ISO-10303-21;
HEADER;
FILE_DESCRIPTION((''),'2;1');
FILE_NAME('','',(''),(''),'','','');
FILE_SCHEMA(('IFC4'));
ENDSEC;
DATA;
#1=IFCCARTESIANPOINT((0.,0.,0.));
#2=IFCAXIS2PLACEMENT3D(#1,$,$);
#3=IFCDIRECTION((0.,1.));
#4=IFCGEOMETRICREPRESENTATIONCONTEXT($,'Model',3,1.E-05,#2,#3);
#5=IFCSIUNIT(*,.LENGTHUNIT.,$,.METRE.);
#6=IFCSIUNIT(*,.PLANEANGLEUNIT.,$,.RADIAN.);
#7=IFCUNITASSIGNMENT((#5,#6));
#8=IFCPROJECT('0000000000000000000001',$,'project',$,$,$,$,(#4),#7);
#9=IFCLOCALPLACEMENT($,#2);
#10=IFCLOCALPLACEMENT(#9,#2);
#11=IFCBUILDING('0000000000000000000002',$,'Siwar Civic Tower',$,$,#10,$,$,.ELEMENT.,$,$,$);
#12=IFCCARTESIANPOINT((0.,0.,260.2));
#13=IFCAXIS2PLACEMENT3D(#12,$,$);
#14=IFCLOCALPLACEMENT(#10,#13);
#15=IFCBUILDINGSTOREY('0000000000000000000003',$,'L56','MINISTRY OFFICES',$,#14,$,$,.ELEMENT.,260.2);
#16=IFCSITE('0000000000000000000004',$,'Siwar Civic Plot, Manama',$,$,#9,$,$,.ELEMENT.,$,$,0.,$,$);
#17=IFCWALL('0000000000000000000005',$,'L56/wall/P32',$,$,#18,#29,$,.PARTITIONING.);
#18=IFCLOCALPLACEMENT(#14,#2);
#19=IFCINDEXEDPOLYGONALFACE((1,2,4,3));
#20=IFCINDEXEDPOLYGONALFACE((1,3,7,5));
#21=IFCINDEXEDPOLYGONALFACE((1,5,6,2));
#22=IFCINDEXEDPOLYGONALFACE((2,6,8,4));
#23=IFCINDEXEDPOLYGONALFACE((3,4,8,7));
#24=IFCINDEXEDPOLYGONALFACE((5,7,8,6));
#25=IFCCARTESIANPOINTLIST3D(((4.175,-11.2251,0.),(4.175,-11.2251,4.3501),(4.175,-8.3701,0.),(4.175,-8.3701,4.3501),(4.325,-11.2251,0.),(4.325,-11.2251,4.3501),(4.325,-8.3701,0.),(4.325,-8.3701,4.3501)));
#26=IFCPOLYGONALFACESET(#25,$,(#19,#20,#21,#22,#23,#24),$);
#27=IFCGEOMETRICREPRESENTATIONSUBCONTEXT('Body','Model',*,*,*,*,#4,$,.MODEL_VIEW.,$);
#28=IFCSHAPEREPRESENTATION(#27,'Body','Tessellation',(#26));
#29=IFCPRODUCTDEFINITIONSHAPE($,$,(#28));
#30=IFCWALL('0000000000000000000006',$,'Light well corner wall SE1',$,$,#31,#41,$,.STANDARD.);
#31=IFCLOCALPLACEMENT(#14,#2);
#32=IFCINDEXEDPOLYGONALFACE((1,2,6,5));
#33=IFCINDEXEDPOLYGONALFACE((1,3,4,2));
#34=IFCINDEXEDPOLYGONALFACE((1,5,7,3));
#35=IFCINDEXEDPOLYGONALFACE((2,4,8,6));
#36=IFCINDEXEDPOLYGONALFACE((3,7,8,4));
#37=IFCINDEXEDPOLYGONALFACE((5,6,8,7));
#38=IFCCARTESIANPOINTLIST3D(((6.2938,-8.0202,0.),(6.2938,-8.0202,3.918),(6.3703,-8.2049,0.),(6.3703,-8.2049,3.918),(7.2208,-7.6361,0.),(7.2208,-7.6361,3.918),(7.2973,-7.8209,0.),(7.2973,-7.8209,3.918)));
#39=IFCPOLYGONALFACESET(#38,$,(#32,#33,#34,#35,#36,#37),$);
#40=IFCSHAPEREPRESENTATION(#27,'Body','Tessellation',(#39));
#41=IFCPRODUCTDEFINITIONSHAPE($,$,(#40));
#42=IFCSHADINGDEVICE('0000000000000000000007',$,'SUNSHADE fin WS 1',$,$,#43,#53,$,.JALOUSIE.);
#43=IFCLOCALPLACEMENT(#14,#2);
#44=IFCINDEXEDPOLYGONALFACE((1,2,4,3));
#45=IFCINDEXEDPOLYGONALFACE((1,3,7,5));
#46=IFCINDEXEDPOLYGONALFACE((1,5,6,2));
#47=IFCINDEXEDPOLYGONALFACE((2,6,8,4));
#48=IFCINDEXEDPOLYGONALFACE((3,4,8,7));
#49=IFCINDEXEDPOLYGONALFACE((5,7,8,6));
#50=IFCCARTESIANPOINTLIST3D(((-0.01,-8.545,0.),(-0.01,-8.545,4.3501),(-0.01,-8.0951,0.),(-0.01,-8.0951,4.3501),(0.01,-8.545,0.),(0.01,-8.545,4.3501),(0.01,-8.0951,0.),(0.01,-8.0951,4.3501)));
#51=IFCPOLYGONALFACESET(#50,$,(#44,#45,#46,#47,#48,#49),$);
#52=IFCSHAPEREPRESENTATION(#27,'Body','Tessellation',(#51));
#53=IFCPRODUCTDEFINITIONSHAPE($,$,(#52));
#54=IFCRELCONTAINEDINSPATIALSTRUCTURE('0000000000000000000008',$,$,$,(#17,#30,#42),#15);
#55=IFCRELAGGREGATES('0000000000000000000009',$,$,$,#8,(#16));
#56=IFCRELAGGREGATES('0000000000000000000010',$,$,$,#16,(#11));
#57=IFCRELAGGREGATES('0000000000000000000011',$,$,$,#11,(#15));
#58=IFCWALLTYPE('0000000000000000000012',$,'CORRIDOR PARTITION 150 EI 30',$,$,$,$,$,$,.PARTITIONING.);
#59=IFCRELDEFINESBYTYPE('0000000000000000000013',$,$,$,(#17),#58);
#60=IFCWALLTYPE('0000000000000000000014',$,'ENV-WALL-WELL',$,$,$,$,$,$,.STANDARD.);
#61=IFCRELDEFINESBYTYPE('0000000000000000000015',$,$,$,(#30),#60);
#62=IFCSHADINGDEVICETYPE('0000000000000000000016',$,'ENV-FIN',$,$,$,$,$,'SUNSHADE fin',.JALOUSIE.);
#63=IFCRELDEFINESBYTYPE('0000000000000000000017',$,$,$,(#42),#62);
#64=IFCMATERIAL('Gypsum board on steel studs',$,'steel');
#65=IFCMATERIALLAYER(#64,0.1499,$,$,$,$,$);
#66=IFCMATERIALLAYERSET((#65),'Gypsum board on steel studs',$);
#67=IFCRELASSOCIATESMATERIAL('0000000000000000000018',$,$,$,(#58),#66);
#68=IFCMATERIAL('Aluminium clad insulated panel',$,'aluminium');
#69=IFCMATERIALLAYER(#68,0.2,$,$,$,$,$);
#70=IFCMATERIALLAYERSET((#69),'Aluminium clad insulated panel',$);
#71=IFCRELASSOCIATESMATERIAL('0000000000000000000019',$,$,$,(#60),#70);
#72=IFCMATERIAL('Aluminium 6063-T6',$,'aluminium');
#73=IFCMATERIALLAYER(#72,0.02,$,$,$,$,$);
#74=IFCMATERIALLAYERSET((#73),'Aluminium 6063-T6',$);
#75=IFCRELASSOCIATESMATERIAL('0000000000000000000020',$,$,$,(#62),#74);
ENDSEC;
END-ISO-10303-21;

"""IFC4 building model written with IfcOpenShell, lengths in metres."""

from ifc_helpers import new_model, si_unit, direction, frame, frame_2d, origin, origin_2d, place, context, subcontext, project, spatial, rectangle, extrude, material, layer, layer_set, type_object, element, save


model = new_model("IFC4")

# Units and contexts
model_context = context("Model", 3, precision=1e-05, world=origin(), true_north=direction((0.0, 1.0)))
body_context = subcontext(model_context, "Body", "Model", "MODEL_VIEW")
ifc_project = project(units=[si_unit("LENGTHUNIT", "METRE"), si_unit("PLANEANGLEUNIT", "RADIAN")], contexts=[model_context])

# Site, building, storey
site_placement = place(None, origin())
site = spatial("IfcSite", under=ifc_project, at=site_placement, Name="Siwar Civic Plot, Manama", CompositionType="ELEMENT", RefElevation=0.0)
building_placement = place(site_placement, origin())
building = spatial("IfcBuilding", under=site, at=building_placement, Name="Siwar Civic Tower", CompositionType="ELEMENT")
storey_placement = place(building_placement, frame((0.0, 0.0, 260.2)))
storey = spatial("IfcBuildingStorey", under=building, at=storey_placement, Name="L56", Description="MINISTRY OFFICES", CompositionType="ELEMENT", Elevation=260.2)

# Walls
ifc_material_1 = material(Name="Gypsum board on steel studs", Category="steel")
ifc_layer_1 = layer(ifc_material_1, 0.1499)
ifc_layer_set_1 = layer_set([ifc_layer_1], Name="Gypsum board on steel studs")
wall_type_1 = type_object("IfcWallType", Name="CORRIDOR PARTITION 150 EI 30", PredefinedType="PARTITIONING", material=ifc_layer_set_1)
wall_1_placement = place(storey_placement, frame((4.25, -11.2251, 0.0), z_axis=(0.0, 0.0, 1.0), x_axis=(0.0, 1.0, 0.0)))
element("IfcWall", 1, at=wall_1_placement, inside=storey, type_object=wall_type_1, Name="L56/wall/P32", PredefinedType="PARTITIONING", context=body_context, shape_type="SweptSolid", body=[
    extrude(rectangle(XDim=2.855, YDim=0.1499, at=frame_2d((1.4275, 0.0))), origin(), (0.0, 0.0, 1.0), 4.3501),
])
ifc_material_2 = material(Name="Aluminium clad insulated panel", Category="aluminium")
ifc_layer_2 = layer(ifc_material_2, 0.2)
ifc_layer_set_2 = layer_set([ifc_layer_2], Name="Aluminium clad insulated panel")
wall_type_2 = type_object("IfcWallType", Name="ENV-WALL-WELL", PredefinedType="STANDARD", material=ifc_layer_set_2)
wall_2_placement = place(storey_placement, frame((6.332, -8.1125, 0.0), z_axis=(0.0, 0.0, 1.0), x_axis=(0.92386, 0.382731, 0.0)))
element("IfcWall", 2, at=wall_2_placement, inside=storey, type_object=wall_type_2, Name="Light well corner wall SE1", PredefinedType="STANDARD", context=body_context, shape_type="SweptSolid", body=[
    extrude(rectangle(XDim=1.0034, YDim=0.2, at=frame_2d((0.5017, 0.0))), origin(), (0.0, 0.0, 1.0), 3.918),
])

# Shading device
ifc_material_3 = material(Name="Aluminium 6063-T6", Category="aluminium")
ifc_layer_3 = layer(ifc_material_3, 0.02)
ifc_layer_set_3 = layer_set([ifc_layer_3], Name="Aluminium 6063-T6")
shading_device_type = type_object("IfcShadingDeviceType", Name="ENV-FIN", ElementType="SUNSHADE fin", PredefinedType="JALOUSIE", material=ifc_layer_set_3)
shading_device_placement = place(storey_placement, frame((0.0, -8.3201, 0.0), z_axis=(0.0, 0.0, 1.0), x_axis=(1.0, 0.0, 0.0)))
element("IfcShadingDevice", 3, at=shading_device_placement, inside=storey, type_object=shading_device_type, Name="SUNSHADE fin WS 1", PredefinedType="JALOUSIE", context=body_context, shape_type="SweptSolid", body=[
    extrude(rectangle(XDim=0.02, YDim=0.45, at=origin_2d()), origin(), (0.0, 0.0, 1.0), 4.3501),
])

save(model, "model.ifc")
